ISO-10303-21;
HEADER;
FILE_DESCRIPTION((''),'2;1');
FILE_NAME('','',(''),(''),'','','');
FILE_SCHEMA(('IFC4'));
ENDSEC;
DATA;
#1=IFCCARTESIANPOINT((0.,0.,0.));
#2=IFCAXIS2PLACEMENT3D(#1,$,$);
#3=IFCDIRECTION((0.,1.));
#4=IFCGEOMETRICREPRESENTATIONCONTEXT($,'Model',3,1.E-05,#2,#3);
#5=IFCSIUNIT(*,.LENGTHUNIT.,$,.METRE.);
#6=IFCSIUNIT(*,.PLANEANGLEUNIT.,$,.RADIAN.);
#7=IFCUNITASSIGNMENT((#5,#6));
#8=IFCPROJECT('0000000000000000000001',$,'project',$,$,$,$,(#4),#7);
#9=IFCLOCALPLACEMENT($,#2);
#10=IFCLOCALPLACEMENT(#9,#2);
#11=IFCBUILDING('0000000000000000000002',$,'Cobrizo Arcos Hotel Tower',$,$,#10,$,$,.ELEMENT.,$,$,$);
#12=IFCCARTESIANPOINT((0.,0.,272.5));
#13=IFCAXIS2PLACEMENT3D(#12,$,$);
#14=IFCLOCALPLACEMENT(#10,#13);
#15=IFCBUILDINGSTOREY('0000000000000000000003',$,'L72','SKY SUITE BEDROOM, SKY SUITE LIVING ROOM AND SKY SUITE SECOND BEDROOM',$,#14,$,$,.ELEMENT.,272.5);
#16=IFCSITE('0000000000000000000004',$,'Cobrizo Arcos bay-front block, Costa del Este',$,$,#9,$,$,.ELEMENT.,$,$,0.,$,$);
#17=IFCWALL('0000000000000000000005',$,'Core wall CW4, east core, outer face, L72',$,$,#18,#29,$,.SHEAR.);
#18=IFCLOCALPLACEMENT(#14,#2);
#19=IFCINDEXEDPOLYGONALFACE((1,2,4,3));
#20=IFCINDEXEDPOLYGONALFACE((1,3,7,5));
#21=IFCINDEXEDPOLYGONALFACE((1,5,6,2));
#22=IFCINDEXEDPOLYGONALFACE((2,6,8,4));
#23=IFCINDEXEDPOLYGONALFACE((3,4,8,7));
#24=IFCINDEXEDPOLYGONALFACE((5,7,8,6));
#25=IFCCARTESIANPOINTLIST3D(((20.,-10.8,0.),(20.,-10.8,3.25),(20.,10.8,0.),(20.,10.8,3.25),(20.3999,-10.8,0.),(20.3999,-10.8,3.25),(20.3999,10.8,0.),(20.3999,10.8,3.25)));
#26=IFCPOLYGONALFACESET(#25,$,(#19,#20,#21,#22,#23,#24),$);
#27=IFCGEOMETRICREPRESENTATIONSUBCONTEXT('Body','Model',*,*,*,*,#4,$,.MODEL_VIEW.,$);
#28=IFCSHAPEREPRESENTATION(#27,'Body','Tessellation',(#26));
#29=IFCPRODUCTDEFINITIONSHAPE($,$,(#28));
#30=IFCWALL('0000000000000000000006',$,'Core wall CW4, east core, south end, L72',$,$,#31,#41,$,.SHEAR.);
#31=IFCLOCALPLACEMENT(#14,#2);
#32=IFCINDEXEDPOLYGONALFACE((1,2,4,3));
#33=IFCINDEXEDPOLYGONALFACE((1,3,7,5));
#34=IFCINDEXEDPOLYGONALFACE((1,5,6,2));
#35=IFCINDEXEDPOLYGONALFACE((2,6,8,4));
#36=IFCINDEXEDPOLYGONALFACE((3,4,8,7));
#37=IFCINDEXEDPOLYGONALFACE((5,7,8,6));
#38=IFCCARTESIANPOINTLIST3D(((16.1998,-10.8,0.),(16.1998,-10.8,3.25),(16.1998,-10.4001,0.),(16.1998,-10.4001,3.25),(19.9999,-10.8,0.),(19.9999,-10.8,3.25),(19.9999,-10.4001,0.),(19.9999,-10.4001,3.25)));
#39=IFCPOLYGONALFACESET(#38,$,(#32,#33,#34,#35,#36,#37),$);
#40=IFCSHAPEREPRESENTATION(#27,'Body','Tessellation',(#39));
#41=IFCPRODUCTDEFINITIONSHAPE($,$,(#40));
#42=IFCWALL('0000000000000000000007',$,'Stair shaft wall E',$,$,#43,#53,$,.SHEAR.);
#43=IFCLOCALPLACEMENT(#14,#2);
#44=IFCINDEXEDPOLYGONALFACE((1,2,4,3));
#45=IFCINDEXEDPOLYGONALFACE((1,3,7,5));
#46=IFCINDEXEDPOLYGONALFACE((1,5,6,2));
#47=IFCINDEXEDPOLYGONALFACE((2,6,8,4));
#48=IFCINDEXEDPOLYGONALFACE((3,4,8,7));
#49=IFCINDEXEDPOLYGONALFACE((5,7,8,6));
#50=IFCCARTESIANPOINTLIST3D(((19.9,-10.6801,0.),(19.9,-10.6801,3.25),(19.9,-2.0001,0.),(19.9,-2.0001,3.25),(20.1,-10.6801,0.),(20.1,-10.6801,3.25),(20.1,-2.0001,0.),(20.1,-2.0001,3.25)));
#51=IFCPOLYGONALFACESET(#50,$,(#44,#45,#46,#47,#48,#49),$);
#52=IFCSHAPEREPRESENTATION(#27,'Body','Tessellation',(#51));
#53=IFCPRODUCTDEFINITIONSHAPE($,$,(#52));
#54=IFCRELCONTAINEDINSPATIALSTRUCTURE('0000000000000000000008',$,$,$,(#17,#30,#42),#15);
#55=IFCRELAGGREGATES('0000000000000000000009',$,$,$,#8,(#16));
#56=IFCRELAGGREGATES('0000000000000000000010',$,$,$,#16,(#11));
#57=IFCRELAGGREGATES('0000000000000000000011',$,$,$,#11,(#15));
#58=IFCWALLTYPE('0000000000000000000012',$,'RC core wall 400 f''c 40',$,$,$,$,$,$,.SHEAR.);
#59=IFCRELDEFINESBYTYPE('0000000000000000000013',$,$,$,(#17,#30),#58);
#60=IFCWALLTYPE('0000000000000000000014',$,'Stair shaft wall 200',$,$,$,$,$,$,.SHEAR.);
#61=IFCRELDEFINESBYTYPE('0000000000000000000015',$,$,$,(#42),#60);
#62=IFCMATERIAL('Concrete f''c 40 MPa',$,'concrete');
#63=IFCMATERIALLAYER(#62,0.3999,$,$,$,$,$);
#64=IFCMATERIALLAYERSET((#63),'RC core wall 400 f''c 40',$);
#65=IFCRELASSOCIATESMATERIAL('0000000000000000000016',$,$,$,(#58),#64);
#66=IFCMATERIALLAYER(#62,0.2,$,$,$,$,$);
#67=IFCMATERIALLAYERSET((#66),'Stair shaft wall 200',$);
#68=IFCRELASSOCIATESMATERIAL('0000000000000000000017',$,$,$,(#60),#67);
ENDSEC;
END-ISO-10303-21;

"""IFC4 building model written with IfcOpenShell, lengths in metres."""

from ifc_helpers import new_model, si_unit, direction, frame, frame_2d, origin, place, context, subcontext, project, spatial, rectangle, extrude, material, layer, layer_set, type_object, element, save


model = new_model("IFC4")

# Units and contexts
model_context = context("Model", 3, precision=1e-05, world=origin(), true_north=direction((0.0, 1.0)))
body_context = subcontext(model_context, "Body", "Model", "MODEL_VIEW")
ifc_project = project(units=[si_unit("LENGTHUNIT", "METRE"), si_unit("PLANEANGLEUNIT", "RADIAN")], contexts=[model_context])

# Site, building, storey
site_placement = place(None, origin())
site = spatial("IfcSite", under=ifc_project, at=site_placement, Name="Cobrizo Arcos bay-front block, Costa del Este", CompositionType="ELEMENT", RefElevation=0.0)
building_placement = place(site_placement, origin())
building = spatial("IfcBuilding", under=site, at=building_placement, Name="Cobrizo Arcos Hotel Tower", CompositionType="ELEMENT")
storey_placement = place(building_placement, frame((0.0, 0.0, 272.5)))
storey = spatial("IfcBuildingStorey", under=building, at=storey_placement, Name="L72", Description="SKY SUITE BEDROOM, SKY SUITE LIVING ROOM AND SKY SUITE SECOND BEDROOM", CompositionType="ELEMENT", Elevation=272.5)

# Shared definitions
ifc_material_1 = material(Name="Concrete f'c 40 MPa", Category="concrete")
ifc_layer_1 = layer(ifc_material_1, 0.3999)
ifc_layer_set_1 = layer_set([ifc_layer_1], Name="RC core wall 400 f'c 40")
wall_type_1 = type_object("IfcWallType", Name="RC core wall 400 f'c 40", PredefinedType="SHEAR", material=ifc_layer_set_1)

# Walls
wall_1_placement = place(storey_placement, frame((20.2, -10.8, 0.0), z_axis=(0.0, 0.0, 1.0), x_axis=(0.0, 1.0, 0.0)))
element("IfcWall", 1, at=wall_1_placement, inside=storey, type_object=wall_type_1, Name="Core wall CW4, east core, outer face, L72", PredefinedType="SHEAR", context=body_context, shape_type="SweptSolid", body=[
    extrude(rectangle(XDim=21.6001, YDim=0.3999, at=frame_2d((10.8, 0.0))), origin(), (0.0, 0.0, 1.0), 3.25),
])
wall_2_placement = place(storey_placement, frame((16.2, -10.6001, 0.0), z_axis=(0.0, 0.0, 1.0), x_axis=(1.0, 0.0, 0.0)))
element("IfcWall", 2, at=wall_2_placement, inside=storey, type_object=wall_type_1, Name="Core wall CW4, east core, south end, L72", PredefinedType="SHEAR", context=body_context, shape_type="SweptSolid", body=[
    extrude(rectangle(XDim=3.8, YDim=0.3999, at=frame_2d((1.8999, 0.0))), origin(), (0.0, 0.0, 1.0), 3.25),
])
ifc_layer_2 = layer(ifc_material_1, 0.2)
ifc_layer_set_2 = layer_set([ifc_layer_2], Name="Stair shaft wall 200")
wall_type_2 = type_object("IfcWallType", Name="Stair shaft wall 200", PredefinedType="SHEAR", material=ifc_layer_set_2)
wall_3_placement = place(storey_placement, frame((20.0, -10.6799, 0.0), z_axis=(0.0, 0.0, 1.0), x_axis=(0.0, 1.0, 0.0)))
element("IfcWall", 3, at=wall_3_placement, inside=storey, type_object=wall_type_2, Name="Stair shaft wall E", PredefinedType="SHEAR", context=body_context, shape_type="SweptSolid", body=[
    extrude(rectangle(XDim=8.6799, YDim=0.2, at=frame_2d((4.3398, 0.0))), origin(), (0.0, 0.0, 1.0), 3.25),
])

save(model, "model.ifc")
